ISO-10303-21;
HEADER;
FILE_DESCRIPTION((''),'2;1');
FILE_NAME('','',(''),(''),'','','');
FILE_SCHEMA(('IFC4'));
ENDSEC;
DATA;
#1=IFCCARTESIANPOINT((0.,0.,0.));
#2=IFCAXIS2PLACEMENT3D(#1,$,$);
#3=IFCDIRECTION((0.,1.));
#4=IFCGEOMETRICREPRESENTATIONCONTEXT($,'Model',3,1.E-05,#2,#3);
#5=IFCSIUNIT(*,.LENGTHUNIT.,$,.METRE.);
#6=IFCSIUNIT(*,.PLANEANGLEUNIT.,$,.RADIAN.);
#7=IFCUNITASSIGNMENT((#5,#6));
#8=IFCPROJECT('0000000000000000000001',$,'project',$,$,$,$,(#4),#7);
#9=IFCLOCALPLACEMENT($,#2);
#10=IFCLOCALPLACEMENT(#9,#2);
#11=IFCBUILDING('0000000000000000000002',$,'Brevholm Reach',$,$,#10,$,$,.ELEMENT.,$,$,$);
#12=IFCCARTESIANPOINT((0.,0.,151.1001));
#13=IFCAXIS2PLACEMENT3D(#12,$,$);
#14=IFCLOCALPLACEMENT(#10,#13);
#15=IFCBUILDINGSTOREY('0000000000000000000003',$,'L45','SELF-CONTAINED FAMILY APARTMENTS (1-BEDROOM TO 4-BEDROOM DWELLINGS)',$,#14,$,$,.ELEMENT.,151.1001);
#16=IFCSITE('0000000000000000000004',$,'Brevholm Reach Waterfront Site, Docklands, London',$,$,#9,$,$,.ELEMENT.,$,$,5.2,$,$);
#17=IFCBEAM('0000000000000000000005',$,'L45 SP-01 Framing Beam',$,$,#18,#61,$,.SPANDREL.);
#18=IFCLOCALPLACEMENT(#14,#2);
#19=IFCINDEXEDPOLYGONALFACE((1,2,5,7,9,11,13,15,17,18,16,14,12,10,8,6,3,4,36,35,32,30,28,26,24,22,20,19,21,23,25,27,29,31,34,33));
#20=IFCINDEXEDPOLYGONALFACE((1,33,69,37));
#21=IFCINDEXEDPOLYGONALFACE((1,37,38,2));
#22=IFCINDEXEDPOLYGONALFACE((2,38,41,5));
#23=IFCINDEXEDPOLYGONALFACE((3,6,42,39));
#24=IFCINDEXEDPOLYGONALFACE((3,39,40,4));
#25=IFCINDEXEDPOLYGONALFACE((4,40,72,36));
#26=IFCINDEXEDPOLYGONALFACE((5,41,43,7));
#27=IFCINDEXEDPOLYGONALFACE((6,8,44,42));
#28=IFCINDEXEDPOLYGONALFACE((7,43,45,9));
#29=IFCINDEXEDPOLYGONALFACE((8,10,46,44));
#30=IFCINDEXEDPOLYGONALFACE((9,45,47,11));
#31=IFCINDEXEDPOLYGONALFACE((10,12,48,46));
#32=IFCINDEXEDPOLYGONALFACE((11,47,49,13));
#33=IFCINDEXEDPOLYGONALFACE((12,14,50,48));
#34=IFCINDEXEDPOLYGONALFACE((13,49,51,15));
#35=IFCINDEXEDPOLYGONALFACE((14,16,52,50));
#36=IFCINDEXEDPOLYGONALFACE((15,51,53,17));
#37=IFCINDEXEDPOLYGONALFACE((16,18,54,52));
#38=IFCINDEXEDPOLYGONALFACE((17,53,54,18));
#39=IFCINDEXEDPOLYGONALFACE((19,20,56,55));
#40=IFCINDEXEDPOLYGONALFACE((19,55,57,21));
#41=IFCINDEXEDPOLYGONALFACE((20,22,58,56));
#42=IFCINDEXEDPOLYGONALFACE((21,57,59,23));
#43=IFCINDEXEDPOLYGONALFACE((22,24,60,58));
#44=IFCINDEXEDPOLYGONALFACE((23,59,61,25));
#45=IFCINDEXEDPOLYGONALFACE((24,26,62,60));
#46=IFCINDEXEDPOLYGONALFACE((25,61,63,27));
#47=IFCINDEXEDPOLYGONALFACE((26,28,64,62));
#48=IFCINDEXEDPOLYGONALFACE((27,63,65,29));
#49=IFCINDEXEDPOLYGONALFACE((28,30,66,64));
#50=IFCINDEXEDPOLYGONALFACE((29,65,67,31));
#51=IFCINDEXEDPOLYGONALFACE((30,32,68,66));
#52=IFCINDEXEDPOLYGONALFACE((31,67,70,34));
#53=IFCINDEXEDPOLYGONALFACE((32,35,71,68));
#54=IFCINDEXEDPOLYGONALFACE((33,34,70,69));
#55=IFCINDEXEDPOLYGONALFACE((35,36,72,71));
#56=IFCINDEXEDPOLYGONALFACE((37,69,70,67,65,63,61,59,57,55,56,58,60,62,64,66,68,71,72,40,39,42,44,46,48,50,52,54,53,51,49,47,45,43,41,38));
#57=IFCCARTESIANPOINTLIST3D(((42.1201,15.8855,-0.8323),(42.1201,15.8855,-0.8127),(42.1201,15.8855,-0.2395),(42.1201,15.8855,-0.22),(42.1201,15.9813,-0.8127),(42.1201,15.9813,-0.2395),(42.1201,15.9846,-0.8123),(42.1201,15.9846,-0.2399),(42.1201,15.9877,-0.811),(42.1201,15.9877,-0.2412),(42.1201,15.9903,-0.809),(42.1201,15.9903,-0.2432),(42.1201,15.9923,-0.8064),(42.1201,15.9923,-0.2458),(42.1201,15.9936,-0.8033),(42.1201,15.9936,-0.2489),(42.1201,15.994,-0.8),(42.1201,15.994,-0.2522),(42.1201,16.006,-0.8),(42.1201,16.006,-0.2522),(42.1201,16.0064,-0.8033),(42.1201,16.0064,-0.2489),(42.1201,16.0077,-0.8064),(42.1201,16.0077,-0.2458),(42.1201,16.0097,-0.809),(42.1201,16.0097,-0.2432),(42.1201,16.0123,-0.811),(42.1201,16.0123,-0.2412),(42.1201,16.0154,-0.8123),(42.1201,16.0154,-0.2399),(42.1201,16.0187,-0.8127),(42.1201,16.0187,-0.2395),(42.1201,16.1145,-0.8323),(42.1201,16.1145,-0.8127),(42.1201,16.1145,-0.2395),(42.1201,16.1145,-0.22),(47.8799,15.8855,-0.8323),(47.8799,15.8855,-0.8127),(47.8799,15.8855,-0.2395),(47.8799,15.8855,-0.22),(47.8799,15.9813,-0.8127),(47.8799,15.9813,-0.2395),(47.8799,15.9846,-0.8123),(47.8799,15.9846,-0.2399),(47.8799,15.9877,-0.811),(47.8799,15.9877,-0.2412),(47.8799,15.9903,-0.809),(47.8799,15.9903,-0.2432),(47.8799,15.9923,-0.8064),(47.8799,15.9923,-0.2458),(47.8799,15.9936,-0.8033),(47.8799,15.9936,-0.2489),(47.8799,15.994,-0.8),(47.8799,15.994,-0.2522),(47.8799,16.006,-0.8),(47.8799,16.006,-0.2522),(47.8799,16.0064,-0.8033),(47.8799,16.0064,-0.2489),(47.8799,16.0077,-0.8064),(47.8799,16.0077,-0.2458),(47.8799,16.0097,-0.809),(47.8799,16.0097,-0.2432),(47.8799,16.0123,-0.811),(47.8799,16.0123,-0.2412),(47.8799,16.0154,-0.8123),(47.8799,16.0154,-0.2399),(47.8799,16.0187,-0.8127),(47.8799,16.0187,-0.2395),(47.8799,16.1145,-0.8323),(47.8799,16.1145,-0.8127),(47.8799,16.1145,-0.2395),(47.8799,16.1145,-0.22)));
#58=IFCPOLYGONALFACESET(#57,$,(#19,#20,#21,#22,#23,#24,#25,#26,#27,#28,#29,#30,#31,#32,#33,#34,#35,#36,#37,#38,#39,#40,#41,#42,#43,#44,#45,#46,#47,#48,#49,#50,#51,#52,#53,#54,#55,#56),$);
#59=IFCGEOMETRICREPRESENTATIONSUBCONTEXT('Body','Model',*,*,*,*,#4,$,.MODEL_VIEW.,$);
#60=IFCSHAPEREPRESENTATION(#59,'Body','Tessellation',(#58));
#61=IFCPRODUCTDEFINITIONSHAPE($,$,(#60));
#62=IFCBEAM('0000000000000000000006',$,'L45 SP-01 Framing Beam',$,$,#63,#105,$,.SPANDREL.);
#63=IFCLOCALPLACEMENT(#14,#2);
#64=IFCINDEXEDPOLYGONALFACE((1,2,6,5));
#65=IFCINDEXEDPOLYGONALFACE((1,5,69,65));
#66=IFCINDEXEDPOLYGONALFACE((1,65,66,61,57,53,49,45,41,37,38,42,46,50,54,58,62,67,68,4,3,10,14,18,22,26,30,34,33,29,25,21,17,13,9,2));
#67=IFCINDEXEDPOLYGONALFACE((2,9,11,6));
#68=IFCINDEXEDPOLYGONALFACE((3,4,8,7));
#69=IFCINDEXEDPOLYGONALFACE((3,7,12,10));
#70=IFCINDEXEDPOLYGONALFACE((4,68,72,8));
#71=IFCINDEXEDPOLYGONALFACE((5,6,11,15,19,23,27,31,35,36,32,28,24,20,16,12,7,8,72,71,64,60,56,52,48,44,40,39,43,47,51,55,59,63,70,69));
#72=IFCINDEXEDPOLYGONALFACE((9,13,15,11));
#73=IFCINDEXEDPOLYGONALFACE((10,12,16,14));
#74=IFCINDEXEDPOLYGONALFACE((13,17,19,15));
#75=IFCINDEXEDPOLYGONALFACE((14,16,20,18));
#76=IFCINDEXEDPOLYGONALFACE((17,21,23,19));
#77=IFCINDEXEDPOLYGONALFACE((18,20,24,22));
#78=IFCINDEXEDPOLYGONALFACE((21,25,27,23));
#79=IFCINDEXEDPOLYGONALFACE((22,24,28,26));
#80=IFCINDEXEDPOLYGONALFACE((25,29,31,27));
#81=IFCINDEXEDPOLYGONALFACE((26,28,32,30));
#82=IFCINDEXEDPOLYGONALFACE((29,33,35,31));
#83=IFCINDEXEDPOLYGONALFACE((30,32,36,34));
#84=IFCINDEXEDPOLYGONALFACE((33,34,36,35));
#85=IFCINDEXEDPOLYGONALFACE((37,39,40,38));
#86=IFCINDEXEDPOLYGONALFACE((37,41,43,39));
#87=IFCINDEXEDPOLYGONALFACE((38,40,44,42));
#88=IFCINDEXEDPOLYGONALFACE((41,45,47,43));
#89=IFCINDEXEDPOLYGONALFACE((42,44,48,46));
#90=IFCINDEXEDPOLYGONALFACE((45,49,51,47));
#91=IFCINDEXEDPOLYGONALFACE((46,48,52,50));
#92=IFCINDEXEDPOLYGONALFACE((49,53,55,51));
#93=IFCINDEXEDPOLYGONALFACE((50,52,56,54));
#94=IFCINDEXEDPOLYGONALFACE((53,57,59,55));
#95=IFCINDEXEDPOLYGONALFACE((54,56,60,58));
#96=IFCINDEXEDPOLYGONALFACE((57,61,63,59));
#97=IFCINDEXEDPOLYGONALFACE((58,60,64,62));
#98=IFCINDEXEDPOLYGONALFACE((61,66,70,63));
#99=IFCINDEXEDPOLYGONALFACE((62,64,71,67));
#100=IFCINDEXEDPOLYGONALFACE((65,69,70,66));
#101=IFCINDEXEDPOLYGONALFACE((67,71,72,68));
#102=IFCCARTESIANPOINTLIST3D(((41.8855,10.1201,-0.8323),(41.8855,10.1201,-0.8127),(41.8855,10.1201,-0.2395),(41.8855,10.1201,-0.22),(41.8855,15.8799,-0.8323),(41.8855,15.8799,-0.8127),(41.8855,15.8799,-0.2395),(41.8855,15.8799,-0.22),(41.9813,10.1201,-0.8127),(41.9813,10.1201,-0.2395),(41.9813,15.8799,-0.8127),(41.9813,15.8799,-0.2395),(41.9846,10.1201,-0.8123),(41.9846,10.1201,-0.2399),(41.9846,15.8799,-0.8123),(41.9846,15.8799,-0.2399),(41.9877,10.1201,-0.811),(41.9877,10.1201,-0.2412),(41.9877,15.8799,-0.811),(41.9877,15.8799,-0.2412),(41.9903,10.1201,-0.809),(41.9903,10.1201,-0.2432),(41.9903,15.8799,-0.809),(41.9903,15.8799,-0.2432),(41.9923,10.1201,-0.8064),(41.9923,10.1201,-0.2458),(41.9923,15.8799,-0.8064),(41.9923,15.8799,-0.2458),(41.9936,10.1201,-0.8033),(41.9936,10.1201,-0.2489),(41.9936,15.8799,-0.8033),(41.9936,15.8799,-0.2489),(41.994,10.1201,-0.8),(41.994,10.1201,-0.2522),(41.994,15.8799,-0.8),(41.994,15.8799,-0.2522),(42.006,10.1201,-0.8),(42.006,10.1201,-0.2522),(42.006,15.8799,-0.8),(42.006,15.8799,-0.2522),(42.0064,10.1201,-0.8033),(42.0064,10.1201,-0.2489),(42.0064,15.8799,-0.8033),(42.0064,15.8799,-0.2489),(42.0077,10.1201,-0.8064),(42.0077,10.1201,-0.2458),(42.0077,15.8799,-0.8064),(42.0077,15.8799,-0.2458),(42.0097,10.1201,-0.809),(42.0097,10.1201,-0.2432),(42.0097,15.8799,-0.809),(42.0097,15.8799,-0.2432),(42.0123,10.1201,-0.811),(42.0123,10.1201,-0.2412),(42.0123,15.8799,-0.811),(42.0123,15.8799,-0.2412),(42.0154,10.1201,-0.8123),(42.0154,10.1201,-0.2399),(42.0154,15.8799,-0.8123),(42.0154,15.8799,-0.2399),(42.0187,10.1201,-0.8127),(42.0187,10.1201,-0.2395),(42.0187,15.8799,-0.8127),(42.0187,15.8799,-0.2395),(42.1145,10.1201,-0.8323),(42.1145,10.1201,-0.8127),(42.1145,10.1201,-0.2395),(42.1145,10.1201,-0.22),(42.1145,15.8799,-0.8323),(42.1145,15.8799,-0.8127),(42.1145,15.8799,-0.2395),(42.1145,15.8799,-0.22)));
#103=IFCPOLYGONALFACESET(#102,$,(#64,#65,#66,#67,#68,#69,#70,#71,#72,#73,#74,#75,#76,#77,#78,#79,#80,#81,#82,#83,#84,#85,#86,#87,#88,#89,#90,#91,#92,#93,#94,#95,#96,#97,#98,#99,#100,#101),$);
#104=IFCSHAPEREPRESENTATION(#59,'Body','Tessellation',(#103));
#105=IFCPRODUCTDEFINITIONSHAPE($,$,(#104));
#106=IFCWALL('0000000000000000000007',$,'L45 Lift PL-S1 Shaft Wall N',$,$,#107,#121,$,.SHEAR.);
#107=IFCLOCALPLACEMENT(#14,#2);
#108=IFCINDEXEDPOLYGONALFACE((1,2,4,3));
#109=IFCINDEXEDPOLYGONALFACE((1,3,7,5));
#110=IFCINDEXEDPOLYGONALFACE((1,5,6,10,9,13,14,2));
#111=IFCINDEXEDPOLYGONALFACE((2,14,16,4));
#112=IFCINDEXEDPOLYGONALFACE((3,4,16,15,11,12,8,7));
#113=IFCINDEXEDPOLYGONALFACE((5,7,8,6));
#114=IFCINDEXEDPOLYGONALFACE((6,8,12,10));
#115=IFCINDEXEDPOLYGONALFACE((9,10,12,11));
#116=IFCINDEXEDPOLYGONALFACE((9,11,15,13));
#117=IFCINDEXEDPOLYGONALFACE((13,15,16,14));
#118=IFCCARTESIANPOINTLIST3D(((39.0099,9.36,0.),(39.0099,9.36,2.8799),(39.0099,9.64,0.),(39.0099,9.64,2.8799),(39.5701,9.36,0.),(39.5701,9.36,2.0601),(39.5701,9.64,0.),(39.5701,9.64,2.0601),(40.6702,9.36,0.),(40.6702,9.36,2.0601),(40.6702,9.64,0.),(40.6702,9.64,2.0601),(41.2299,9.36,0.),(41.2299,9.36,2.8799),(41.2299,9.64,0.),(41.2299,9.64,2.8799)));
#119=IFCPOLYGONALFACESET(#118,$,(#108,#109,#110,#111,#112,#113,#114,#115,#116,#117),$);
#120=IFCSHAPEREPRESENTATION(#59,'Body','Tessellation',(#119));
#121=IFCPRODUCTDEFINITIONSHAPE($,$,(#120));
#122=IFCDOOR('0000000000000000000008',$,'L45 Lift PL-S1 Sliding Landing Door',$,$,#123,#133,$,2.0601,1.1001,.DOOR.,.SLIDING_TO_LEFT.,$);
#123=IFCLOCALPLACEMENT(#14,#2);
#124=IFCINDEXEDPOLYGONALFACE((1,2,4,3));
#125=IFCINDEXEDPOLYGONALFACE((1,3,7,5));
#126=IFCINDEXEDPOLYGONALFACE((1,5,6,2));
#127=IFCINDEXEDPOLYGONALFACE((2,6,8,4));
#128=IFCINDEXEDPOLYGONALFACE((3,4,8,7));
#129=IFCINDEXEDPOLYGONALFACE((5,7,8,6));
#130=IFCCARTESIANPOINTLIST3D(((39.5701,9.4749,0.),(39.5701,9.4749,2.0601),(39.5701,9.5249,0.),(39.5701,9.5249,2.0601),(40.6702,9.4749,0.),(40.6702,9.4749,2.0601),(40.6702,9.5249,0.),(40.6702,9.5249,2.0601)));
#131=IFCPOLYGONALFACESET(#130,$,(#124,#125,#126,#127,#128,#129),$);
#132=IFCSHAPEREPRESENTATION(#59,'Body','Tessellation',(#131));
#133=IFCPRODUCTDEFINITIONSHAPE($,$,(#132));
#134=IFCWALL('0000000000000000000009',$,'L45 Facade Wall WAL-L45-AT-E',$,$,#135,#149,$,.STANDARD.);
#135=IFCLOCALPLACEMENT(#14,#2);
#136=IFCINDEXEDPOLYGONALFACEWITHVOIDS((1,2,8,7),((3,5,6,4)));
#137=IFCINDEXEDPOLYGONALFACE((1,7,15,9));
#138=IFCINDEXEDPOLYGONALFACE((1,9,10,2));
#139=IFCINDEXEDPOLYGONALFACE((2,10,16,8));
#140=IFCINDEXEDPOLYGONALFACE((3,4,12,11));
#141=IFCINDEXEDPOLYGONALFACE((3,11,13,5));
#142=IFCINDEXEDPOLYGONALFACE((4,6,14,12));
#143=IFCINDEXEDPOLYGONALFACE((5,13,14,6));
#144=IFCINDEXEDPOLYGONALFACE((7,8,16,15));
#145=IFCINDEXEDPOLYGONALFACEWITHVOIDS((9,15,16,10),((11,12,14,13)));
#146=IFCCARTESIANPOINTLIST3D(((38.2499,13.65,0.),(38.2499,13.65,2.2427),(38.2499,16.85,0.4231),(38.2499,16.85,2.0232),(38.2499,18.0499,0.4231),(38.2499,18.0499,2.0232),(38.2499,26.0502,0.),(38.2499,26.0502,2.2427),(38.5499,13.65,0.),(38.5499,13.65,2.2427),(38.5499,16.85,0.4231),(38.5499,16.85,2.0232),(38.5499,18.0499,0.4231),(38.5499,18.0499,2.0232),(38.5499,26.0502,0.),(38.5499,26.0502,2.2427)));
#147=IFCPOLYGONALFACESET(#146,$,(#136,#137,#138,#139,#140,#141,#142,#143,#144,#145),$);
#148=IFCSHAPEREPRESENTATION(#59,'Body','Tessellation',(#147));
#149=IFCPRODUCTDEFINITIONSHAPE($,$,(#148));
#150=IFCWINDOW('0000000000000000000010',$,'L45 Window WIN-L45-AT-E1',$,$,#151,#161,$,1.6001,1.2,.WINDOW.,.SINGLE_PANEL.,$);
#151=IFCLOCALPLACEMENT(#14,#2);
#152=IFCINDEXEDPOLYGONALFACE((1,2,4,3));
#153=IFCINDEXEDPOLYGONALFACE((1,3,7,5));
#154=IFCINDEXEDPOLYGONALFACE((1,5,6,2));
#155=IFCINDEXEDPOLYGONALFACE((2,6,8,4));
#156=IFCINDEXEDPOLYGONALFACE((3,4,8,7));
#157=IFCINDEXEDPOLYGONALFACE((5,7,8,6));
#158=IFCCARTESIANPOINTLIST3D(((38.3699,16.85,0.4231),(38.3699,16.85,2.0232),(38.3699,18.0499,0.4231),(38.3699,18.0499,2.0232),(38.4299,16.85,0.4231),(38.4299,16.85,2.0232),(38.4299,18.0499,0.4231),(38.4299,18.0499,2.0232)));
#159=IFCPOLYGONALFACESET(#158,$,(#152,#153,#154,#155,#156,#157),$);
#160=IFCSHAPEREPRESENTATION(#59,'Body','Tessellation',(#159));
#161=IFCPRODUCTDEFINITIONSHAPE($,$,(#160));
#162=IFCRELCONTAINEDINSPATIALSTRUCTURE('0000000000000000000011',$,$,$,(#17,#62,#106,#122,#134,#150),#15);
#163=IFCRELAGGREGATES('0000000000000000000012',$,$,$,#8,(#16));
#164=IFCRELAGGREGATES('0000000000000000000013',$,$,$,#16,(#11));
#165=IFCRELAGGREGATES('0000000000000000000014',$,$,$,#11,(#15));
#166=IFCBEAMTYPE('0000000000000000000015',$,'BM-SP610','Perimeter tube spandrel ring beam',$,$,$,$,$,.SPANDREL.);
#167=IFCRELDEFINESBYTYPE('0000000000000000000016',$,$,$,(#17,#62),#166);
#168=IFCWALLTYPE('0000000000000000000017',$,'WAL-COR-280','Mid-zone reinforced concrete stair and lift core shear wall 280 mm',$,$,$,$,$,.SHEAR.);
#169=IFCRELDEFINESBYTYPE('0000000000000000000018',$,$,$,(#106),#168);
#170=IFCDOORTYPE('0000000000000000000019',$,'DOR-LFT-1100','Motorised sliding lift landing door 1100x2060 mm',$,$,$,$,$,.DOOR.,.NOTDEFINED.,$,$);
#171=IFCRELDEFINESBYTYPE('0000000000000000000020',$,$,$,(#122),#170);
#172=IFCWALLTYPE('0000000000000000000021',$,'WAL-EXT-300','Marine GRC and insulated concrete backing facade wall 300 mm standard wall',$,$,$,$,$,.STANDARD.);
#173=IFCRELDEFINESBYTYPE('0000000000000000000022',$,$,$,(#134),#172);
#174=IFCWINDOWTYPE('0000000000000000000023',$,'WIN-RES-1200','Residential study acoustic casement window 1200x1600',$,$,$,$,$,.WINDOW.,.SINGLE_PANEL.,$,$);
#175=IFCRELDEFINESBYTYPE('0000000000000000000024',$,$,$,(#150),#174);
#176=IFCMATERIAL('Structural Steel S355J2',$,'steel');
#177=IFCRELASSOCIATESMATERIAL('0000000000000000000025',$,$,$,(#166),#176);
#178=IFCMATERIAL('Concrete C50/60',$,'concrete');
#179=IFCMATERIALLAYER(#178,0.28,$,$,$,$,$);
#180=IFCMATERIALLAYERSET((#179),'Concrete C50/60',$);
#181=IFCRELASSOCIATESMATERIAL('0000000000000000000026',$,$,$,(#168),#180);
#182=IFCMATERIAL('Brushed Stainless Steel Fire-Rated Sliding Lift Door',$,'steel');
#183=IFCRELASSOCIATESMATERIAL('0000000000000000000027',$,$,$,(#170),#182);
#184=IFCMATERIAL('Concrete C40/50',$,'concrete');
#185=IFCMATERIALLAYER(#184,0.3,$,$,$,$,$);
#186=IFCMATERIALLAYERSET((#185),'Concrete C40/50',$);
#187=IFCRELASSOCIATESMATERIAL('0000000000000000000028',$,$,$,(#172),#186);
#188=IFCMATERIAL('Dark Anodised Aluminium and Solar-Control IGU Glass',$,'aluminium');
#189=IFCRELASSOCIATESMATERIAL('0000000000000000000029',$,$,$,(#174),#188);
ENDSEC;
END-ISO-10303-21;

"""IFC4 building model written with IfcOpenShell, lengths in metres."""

from ifc_helpers import new_model, si_unit, direction, frame, frame_2d, origin, origin_2d, place, context, subcontext, project, spatial, rectangle, i_section, extrude, material, layer, layer_set, material_profile, profile_set, type_object, element, fill, save


model = new_model("IFC4")

# Units and contexts
model_context = context("Model", 3, precision=1e-05, world=origin(), true_north=direction((0.0, 1.0)))
body_context = subcontext(model_context, "Body", "Model", "MODEL_VIEW")
ifc_project = project(units=[si_unit("LENGTHUNIT", "METRE"), si_unit("PLANEANGLEUNIT", "RADIAN")], contexts=[model_context])

# Site, building, storey
site_placement = place(None, origin())
site = spatial("IfcSite", under=ifc_project, at=site_placement, Name="Brevholm Reach Waterfront Site, Docklands, London", CompositionType="ELEMENT", RefElevation=5.2)
building_placement = place(site_placement, origin())
building = spatial("IfcBuilding", under=site, at=building_placement, Name="Brevholm Reach", CompositionType="ELEMENT")
storey_placement = place(building_placement, frame((0.0, 0.0, 151.1001)))
storey = spatial("IfcBuildingStorey", under=building, at=storey_placement, Name="L45", Description="SELF-CONTAINED FAMILY APARTMENTS (1-BEDROOM TO 4-BEDROOM DWELLINGS)", CompositionType="ELEMENT", Elevation=151.1001)

# Beams
ifc_material_1 = material(Name="Structural Steel S355J2", Category="steel")
ifc_material_profile_1 = material_profile(ifc_material_1, i_section(OverallWidth=0.229, OverallDepth=0.6123, WebThickness=0.012, FlangeThickness=0.0195, FilletRadius=0.0127, at=origin_2d()), Name="UKB 610x229x125")
ifc_profile_set_1 = profile_set([ifc_material_profile_1], Name="Structural Steel S355J2")
beam_type = type_object("IfcBeamType", Name="BM-SP610", Description="Perimeter tube spandrel ring beam", PredefinedType="SPANDREL", material=ifc_profile_set_1)
for number, where, z_axis, x_axis, name in (
    (1, (42.1201, 16.0, -0.5261), (1.0, 0.0, 0.0), (0.0, 1.0, 0.0), "L45 SP-01 Framing Beam"),
    (2, (42.0, 10.1201, -0.5261), (0.0, 1.0, 0.0), (-1.0, 0.0, 0.0), "L45 SP-01 Framing Beam"),
):
    element("IfcBeam", number, at=place(storey_placement, frame(where, z_axis=z_axis, x_axis=x_axis)), inside=storey, type_object=beam_type, Name=name, PredefinedType="SPANDREL", context=body_context, shape_type="SweptSolid", body=[
        extrude(i_section(OverallWidth=0.229, OverallDepth=0.6123, WebThickness=0.012, FlangeThickness=0.0195, FilletRadius=0.0127, at=origin_2d()), origin(), (0.0, 0.0, 1.0), 5.7598),
    ])

# Wall, opening, door
ifc_material_2 = material(Name="Concrete C50/60", Category="concrete")
ifc_layer_1 = layer(ifc_material_2, 0.28)
ifc_layer_set_1 = layer_set([ifc_layer_1], Name="Concrete C50/60")
wall_type_1 = type_object("IfcWallType", Name="WAL-COR-280", Description="Mid-zone reinforced concrete stair and lift core shear wall 280 mm", PredefinedType="SHEAR", material=ifc_layer_set_1)
wall_1_placement = place(storey_placement, frame((39.01, 9.5, 0.0), z_axis=(0.0, 0.0, 1.0), x_axis=(1.0, 0.0, 0.0)))
wall_1 = element("IfcWall", 3, at=wall_1_placement, inside=storey, type_object=wall_type_1, Name="L45 Lift PL-S1 Shaft Wall N", PredefinedType="SHEAR", context=body_context, shape_type="SweptSolid", body=[
    extrude(rectangle(XDim=2.22, YDim=0.28, at=frame_2d((1.1099, 0.0))), origin(), (0.0, 0.0, 1.0), 2.8799),
])
opening_1_placement = place(wall_1_placement, frame((0.5601, 0.0, 0.0)))
opening_1 = element("IfcOpeningElement", 4, at=opening_1_placement, cuts=wall_1, PredefinedType="OPENING", context=body_context, shape_type="SweptSolid", body=[
    extrude(rectangle(XDim=1.1001, YDim=2.0601, at=frame_2d((0.55, 1.03))), frame((0.0, 0.1499, 0.0), z_axis=(0.0, -1.0, 0.0), x_axis=(1.0, 0.0, 0.0)), (0.0, 0.0, 1.0), 0.3),
])
ifc_material_3 = material(Name="Brushed Stainless Steel Fire-Rated Sliding Lift Door", Category="steel")
door_type_1 = type_object("IfcDoorType", Name="DOR-LFT-1100", Description="Motorised sliding lift landing door 1100x2060 mm", OperationType="NOTDEFINED", PredefinedType="DOOR", material=ifc_material_3)
door_1_placement = place(opening_1_placement, origin())
door_1 = element("IfcDoor", 5, at=door_1_placement, inside=storey, type_object=door_type_1, Name="L45 Lift PL-S1 Sliding Landing Door", OperationType="SLIDING_TO_LEFT", OverallHeight=2.0601, OverallWidth=1.1001, PredefinedType="DOOR", context=body_context, shape_type="SweptSolid", body=[
    extrude(rectangle(XDim=1.1001, YDim=2.0601, at=frame_2d((0.55, 1.03))), frame((0.0, 0.0249, 0.0), z_axis=(0.0, -1.0, 0.0), x_axis=(1.0, 0.0, 0.0)), (0.0, 0.0, 1.0), 0.05),
])
fill(opening_1, door_1)

# Wall, opening, window
ifc_material_4 = material(Name="Concrete C40/50", Category="concrete")
ifc_layer_2 = layer(ifc_material_4, 0.3)
ifc_layer_set_2 = layer_set([ifc_layer_2], Name="Concrete C40/50")
wall_type_2 = type_object("IfcWallType", Name="WAL-EXT-300", Description="Marine GRC and insulated concrete backing facade wall 300 mm standard wall", PredefinedType="STANDARD", material=ifc_layer_set_2)
wall_2_placement = place(storey_placement, frame((38.3999, 13.6499, 0.0), z_axis=(0.0, 0.0, 1.0), x_axis=(0.0, 1.0, 0.0)))
wall_2 = element("IfcWall", 6, at=wall_2_placement, inside=storey, type_object=wall_type_2, Name="L45 Facade Wall WAL-L45-AT-E", PredefinedType="STANDARD", context=body_context, shape_type="SweptSolid", body=[
    extrude(rectangle(XDim=12.4001, YDim=0.3, at=frame_2d((6.2002, 0.0))), origin(), (0.0, 0.0, 1.0), 2.2427),
])
opening_2_placement = place(wall_2_placement, frame((3.2, 0.0, 0.4231)))
opening_2 = element("IfcOpeningElement", 7, at=opening_2_placement, cuts=wall_2, PredefinedType="OPENING", context=body_context, shape_type="SweptSolid", body=[
    extrude(rectangle(XDim=1.2, YDim=1.6001, at=frame_2d((0.6001, 0.8))), frame((0.0, 0.1599, 0.0), z_axis=(0.0, -1.0, 0.0), x_axis=(1.0, 0.0, 0.0)), (0.0, 0.0, 1.0), 0.3201),
])
ifc_material_5 = material(Name="Dark Anodised Aluminium and Solar-Control IGU Glass", Category="aluminium")
window_type = type_object("IfcWindowType", Name="WIN-RES-1200", Description="Residential study acoustic casement window 1200x1600", PartitioningType="SINGLE_PANEL", PredefinedType="WINDOW", material=ifc_material_5)
window_placement = place(opening_2_placement, origin())
window = element("IfcWindow", 8, at=window_placement, inside=storey, type_object=window_type, Name="L45 Window WIN-L45-AT-E1", OverallHeight=1.6001, OverallWidth=1.2, PartitioningType="SINGLE_PANEL", PredefinedType="WINDOW", context=body_context, shape_type="SweptSolid", body=[
    extrude(rectangle(XDim=1.2, YDim=1.6001, at=frame_2d((0.6001, 0.8))), frame((0.0, 0.03, 0.0), z_axis=(0.0, -1.0, 0.0), x_axis=(1.0, 0.0, 0.0)), (0.0, 0.0, 1.0), 0.0601),
])
fill(opening_2, window)

save(model, "model.ifc")
